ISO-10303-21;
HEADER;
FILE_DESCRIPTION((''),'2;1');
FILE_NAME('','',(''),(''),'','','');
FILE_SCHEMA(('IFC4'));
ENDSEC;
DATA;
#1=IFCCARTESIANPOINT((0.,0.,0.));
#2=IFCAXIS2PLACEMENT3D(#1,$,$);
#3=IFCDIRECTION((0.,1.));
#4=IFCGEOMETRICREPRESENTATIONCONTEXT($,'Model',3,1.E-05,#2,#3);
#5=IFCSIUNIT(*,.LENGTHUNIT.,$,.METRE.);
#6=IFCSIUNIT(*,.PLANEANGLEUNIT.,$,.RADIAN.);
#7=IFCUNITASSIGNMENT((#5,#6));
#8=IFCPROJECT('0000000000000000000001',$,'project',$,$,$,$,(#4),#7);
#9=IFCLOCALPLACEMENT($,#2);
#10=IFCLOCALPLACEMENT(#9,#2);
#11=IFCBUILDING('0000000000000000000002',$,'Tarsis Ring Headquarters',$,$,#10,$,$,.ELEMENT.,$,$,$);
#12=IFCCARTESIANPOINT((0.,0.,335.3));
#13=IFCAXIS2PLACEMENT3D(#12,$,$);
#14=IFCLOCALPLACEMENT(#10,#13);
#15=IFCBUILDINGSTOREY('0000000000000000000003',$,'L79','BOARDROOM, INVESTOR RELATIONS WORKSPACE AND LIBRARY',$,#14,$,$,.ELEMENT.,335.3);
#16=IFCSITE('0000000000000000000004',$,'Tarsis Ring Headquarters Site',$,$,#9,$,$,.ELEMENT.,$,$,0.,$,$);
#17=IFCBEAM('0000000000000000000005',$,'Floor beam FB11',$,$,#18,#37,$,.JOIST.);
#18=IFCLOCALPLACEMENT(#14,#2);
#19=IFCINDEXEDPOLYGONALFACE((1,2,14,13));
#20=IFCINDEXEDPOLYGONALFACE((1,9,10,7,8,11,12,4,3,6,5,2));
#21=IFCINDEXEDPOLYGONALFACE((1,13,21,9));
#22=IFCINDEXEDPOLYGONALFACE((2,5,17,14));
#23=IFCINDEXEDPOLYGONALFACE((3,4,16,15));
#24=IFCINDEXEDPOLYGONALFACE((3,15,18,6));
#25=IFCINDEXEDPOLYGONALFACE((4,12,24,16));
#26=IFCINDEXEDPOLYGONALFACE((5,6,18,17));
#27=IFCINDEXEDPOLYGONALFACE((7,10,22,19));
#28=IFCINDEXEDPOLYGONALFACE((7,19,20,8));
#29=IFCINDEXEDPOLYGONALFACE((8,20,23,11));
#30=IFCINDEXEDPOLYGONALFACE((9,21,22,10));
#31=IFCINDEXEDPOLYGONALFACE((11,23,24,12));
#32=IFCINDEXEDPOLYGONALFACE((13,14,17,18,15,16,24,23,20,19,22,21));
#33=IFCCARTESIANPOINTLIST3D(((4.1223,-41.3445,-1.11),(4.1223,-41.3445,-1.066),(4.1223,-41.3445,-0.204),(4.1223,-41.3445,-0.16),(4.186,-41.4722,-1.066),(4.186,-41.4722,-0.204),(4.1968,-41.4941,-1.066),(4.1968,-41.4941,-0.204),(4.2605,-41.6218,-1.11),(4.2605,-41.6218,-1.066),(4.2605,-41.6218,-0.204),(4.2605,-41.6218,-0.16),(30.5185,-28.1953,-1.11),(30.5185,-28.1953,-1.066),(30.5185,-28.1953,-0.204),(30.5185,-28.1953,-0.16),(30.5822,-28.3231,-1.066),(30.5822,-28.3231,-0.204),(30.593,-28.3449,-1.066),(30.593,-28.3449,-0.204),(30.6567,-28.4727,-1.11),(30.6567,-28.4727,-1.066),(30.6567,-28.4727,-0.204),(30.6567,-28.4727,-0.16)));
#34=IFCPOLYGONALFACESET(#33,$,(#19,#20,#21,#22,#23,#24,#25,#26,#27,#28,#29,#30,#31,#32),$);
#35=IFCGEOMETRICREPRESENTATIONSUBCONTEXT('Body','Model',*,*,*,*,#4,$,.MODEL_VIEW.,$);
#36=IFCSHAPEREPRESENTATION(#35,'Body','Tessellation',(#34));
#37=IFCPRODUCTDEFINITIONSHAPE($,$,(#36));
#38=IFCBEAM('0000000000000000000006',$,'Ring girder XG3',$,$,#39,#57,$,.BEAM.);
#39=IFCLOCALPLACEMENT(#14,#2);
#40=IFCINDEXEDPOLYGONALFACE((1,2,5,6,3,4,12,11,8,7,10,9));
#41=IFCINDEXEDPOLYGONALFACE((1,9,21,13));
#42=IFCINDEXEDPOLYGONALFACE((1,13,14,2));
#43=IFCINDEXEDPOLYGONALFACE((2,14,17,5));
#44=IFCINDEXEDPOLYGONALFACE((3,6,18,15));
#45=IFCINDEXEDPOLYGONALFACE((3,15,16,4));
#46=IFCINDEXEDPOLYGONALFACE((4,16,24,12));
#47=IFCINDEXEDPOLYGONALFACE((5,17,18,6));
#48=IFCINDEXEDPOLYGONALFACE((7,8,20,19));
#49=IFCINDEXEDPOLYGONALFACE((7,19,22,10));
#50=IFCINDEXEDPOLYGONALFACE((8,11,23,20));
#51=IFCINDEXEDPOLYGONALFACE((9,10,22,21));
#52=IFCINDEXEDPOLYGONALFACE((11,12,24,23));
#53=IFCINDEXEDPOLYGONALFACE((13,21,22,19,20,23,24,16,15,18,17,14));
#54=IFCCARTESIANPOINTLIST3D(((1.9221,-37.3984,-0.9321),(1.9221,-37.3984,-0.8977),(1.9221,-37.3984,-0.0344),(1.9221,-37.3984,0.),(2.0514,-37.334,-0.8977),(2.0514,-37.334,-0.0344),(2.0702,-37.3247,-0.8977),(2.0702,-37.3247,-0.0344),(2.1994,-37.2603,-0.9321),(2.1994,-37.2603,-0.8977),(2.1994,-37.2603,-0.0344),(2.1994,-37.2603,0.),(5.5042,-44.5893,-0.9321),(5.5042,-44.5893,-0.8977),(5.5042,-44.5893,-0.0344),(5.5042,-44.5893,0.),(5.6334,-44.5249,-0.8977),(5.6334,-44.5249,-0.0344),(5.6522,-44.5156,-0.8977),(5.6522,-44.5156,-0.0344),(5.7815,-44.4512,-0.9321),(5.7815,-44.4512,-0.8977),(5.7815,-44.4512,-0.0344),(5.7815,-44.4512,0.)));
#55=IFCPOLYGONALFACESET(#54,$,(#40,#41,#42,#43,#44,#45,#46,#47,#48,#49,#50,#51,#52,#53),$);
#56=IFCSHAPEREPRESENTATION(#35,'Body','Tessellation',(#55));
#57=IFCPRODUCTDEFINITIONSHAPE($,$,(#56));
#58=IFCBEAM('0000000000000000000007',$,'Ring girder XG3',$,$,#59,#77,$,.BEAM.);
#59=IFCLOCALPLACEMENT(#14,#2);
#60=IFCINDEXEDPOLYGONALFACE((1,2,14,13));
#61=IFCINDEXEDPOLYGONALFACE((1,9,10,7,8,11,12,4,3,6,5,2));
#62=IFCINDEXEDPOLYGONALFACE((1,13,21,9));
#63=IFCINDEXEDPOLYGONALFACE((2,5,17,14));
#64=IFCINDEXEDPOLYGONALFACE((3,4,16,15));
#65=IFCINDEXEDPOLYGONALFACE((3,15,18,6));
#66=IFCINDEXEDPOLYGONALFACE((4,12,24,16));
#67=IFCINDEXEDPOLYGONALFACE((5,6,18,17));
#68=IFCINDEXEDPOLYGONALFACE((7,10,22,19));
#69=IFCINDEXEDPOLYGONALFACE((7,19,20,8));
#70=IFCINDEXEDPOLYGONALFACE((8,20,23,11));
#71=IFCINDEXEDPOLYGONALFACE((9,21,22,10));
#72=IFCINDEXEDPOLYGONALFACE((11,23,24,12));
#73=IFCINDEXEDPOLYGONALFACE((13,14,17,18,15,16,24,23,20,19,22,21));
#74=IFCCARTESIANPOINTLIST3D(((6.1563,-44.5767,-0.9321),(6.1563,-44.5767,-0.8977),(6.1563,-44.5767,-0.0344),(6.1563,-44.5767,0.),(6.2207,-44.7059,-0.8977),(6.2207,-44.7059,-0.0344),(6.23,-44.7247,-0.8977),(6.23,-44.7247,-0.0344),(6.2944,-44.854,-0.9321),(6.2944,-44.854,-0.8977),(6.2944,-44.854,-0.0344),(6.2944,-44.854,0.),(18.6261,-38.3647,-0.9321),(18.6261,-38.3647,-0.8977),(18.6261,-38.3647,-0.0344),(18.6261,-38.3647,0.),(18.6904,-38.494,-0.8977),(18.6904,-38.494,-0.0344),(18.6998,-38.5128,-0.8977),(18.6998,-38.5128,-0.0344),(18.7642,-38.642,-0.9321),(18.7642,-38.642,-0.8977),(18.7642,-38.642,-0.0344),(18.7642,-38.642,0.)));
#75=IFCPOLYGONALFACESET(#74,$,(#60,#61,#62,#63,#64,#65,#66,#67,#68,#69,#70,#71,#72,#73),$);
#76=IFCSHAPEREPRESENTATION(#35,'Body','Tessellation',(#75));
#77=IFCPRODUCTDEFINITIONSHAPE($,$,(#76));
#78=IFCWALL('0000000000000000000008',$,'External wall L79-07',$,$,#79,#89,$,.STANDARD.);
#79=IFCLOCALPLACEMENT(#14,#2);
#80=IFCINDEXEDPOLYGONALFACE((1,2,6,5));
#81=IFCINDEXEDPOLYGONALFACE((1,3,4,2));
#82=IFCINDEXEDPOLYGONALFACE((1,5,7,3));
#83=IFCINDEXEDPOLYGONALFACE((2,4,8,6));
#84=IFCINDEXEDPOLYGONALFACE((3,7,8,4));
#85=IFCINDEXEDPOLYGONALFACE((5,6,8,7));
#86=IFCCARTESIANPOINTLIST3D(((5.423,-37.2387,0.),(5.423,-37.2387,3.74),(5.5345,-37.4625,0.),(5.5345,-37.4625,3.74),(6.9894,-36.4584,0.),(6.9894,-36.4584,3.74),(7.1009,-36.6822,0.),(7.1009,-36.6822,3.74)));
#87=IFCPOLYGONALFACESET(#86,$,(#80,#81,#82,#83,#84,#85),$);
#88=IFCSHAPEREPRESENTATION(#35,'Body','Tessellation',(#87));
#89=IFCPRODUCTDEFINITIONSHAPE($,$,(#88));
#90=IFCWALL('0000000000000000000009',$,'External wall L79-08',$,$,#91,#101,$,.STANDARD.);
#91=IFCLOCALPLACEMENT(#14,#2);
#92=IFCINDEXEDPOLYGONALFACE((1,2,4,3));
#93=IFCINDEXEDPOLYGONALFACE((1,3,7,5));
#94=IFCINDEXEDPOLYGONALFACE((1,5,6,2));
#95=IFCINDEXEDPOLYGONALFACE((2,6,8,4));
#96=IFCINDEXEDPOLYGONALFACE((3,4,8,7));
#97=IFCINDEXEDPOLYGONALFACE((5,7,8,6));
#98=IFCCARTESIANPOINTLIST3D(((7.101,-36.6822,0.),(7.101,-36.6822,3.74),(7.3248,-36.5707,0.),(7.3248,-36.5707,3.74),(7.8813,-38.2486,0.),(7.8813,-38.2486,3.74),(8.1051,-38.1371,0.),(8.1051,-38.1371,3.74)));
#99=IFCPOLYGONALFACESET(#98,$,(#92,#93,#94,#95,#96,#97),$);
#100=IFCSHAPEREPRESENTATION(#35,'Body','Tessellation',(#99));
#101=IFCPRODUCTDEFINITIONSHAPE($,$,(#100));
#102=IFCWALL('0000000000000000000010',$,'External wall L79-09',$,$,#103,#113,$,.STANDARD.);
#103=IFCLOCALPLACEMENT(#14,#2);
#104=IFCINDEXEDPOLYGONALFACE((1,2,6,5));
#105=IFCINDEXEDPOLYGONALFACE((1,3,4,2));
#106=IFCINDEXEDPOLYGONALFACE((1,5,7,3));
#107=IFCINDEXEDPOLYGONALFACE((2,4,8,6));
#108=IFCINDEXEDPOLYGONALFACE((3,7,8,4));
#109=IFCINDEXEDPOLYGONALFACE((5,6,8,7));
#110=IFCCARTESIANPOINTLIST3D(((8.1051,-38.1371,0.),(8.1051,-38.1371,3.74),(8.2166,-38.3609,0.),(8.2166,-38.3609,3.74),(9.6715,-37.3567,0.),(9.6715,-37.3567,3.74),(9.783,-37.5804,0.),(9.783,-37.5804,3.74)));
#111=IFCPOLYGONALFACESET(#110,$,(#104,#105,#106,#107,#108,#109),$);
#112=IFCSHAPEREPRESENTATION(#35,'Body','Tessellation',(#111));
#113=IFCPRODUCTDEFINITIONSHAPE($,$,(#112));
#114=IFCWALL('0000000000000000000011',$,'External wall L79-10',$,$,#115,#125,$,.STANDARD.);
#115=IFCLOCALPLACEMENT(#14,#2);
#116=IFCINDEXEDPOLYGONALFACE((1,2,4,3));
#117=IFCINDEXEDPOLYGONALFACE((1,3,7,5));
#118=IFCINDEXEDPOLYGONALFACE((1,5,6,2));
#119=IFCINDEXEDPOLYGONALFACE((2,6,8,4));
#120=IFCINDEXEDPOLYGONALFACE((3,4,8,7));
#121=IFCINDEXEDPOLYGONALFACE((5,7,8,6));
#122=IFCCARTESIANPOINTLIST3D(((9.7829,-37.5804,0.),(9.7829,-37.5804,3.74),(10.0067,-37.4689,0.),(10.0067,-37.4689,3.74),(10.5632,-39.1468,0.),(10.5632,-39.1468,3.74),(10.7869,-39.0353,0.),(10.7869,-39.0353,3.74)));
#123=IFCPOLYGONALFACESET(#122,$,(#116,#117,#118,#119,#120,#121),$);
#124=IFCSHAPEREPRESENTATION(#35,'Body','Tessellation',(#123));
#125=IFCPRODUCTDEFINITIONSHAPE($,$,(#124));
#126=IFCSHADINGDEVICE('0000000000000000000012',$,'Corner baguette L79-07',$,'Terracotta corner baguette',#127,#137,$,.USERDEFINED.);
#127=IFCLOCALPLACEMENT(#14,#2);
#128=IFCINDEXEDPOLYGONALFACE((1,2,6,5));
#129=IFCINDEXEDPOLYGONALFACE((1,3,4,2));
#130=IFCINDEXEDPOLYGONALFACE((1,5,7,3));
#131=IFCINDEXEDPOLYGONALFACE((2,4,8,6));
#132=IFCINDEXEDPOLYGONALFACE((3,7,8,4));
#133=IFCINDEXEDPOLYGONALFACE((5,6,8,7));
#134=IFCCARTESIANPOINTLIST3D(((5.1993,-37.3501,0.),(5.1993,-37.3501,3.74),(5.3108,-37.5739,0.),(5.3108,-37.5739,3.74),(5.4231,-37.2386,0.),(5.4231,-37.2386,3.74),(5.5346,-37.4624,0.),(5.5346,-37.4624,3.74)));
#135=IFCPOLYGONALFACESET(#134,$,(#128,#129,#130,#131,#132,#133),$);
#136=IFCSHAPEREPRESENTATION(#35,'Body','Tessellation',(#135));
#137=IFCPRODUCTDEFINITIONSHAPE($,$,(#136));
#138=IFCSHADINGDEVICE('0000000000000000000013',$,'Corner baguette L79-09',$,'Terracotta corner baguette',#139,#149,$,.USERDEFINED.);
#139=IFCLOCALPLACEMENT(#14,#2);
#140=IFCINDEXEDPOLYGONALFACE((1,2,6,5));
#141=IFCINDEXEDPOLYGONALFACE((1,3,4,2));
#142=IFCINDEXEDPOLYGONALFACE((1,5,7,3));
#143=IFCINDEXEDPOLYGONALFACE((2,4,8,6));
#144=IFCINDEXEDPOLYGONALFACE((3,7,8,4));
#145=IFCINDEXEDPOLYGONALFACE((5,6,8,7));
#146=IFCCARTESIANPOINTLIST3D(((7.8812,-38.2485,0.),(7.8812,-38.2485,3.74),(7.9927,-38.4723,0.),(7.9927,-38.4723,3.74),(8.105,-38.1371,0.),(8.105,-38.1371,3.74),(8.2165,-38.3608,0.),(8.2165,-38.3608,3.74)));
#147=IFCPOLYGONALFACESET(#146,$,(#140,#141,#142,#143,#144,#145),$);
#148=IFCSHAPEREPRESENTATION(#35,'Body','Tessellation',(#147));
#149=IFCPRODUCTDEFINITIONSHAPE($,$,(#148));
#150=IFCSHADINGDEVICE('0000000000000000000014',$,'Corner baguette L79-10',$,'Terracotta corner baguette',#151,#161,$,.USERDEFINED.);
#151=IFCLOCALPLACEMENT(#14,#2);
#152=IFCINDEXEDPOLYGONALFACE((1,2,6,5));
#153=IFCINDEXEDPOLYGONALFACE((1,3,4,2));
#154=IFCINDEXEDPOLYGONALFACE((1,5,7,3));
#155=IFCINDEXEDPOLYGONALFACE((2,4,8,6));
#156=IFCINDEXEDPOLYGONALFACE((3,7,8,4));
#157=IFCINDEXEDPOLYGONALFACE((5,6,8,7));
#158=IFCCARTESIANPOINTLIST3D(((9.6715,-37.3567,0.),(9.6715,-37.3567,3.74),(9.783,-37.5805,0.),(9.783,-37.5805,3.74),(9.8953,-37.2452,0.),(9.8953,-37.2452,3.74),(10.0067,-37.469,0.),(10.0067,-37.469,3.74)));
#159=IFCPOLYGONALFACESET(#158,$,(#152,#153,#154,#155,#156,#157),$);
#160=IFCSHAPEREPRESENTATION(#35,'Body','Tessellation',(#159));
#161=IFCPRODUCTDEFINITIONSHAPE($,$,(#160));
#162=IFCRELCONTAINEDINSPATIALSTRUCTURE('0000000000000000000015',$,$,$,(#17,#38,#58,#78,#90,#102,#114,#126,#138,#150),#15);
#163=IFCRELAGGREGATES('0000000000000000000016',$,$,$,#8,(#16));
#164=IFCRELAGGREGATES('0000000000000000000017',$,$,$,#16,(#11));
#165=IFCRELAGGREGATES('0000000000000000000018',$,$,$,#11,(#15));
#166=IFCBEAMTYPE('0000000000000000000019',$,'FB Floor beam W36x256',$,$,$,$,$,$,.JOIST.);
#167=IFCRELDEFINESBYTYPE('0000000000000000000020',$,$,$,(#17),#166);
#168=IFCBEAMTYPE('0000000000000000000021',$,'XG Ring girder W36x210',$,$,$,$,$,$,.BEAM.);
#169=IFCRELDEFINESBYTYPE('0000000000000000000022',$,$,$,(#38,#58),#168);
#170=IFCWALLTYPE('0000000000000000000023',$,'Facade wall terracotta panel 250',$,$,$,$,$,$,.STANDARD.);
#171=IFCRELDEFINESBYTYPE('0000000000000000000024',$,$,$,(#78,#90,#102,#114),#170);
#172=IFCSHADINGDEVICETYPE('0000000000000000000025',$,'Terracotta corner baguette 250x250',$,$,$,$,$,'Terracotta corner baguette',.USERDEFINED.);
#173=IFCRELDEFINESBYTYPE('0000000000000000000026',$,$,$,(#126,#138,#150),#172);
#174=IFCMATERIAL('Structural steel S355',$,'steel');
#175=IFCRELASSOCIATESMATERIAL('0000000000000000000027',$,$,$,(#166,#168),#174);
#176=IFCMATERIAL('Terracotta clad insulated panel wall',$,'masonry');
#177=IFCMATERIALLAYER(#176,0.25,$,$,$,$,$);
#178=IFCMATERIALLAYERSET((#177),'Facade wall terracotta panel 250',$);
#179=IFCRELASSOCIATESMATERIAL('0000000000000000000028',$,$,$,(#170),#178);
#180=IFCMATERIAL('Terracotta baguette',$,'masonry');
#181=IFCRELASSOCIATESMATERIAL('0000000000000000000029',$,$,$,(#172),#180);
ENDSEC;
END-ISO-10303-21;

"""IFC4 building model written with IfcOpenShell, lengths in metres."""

from ifc_helpers import new_model, si_unit, direction, frame, frame_2d, origin, origin_2d, place, context, subcontext, project, spatial, rectangle, i_section, extrude, material, layer, layer_set, material_profile, profile_set, type_object, element, save


model = new_model("IFC4")

# Units and contexts
model_context = context("Model", 3, precision=1e-05, world=origin(), true_north=direction((0.0, 1.0)))
body_context = subcontext(model_context, "Body", "Model", "MODEL_VIEW")
ifc_project = project(units=[si_unit("LENGTHUNIT", "METRE"), si_unit("PLANEANGLEUNIT", "RADIAN")], contexts=[model_context])

# Site, building, storey
site_placement = place(None, origin())
site = spatial("IfcSite", under=ifc_project, at=site_placement, Name="Tarsis Ring Headquarters Site", CompositionType="ELEMENT", RefElevation=0.0)
building_placement = place(site_placement, origin())
building = spatial("IfcBuilding", under=site, at=building_placement, Name="Tarsis Ring Headquarters", CompositionType="ELEMENT")
storey_placement = place(building_placement, frame((0.0, 0.0, 335.3)))
storey = spatial("IfcBuildingStorey", under=building, at=storey_placement, Name="L79", Description="BOARDROOM, INVESTOR RELATIONS WORKSPACE AND LIBRARY", CompositionType="ELEMENT", Elevation=335.3)

# Shared definitions
ifc_material_1 = material(Name="Structural steel S355", Category="steel")

# Beams
ifc_material_profile_1 = material_profile(ifc_material_1, i_section(OverallWidth=0.3098, OverallDepth=0.95, WebThickness=0.0244, FlangeThickness=0.0439, at=origin_2d()), Name="W36x256")
ifc_profile_set_1 = profile_set([ifc_material_profile_1], Name="Structural steel S355")
beam_type_1 = type_object("IfcBeamType", Name="FB Floor beam W36x256", PredefinedType="JOIST", material=ifc_profile_set_1)
for number, where, z_axis, x_axis, name in (
    (1, (4.1914, -41.4832, -0.635), (0.89509, 0.445885, 0.0), (-0.445885, 0.89509, 0.0), "Floor beam FB11"),
):
    element("IfcBeam", number, at=place(storey_placement, frame(where, z_axis=z_axis, x_axis=x_axis)), inside=storey, type_object=beam_type_1, Name=name, PredefinedType="JOIST", context=body_context, shape_type="SweptSolid", body=[
        extrude(i_section(OverallWidth=0.3098, OverallDepth=0.95, WebThickness=0.0244, FlangeThickness=0.0439, at=origin_2d()), origin(), (0.0, 0.0, 1.0), 29.49),
    ])
ifc_material_profile_2 = material_profile(ifc_material_1, i_section(OverallWidth=0.3098, OverallDepth=0.9321, WebThickness=0.021, FlangeThickness=0.0344, at=origin_2d()), Name="W36x210")
ifc_profile_set_2 = profile_set([ifc_material_profile_2], Name="Structural steel S355")
beam_type_2 = type_object("IfcBeamType", Name="XG Ring girder W36x210", PredefinedType="BEAM", material=ifc_profile_set_2)
beam_1_placement = place(storey_placement, frame((2.0608, -37.3293, -0.4661), z_axis=(0.445876, -0.895095, 0.0), x_axis=(0.895095, 0.445876, 0.0)))
element("IfcBeam", 2, at=beam_1_placement, inside=storey, type_object=beam_type_2, Name="Ring girder XG3", PredefinedType="BEAM", context=body_context, shape_type="SweptSolid", body=[
    extrude(i_section(OverallWidth=0.3098, OverallDepth=0.9321, WebThickness=0.021, FlangeThickness=0.0344, at=origin_2d()), origin(), (0.0, 0.0, 1.0), 8.0337),
])
beam_2_placement = place(storey_placement, frame((6.2253, -44.7153, -0.4661), z_axis=(0.895085, 0.445895, 0.0), x_axis=(-0.445895, 0.895085, 0.0)))
element("IfcBeam", 3, at=beam_2_placement, inside=storey, type_object=beam_type_2, Name="Ring girder XG3", PredefinedType="BEAM", context=body_context, shape_type="SweptSolid", body=[
    extrude(i_section(OverallWidth=0.3098, OverallDepth=0.9321, WebThickness=0.021, FlangeThickness=0.0344, at=origin_2d()), origin(), (0.0, 0.0, 1.0), 13.9314),
])

# Walls
ifc_material_2 = material(Name="Terracotta clad insulated panel wall", Category="masonry")
ifc_layer = layer(ifc_material_2, 0.25)
ifc_layer_set = layer_set([ifc_layer], Name="Facade wall terracotta panel 250")
wall_type = type_object("IfcWallType", Name="Facade wall terracotta panel 250", PredefinedType="STANDARD", material=ifc_layer_set)
for number, where, z_axis, x_axis, name in (
    (4, (5.4788, -37.3506, 0.0), (0.0, 0.0, 1.0), (0.895096, 0.445874, 0.0), "External wall L79-07"),
    (5, (7.2129, -36.6265, 0.0), (0.0, 0.0, 1.0), (0.445874, -0.895096, 0.0), "External wall L79-08"),
    (6, (8.1609, -38.249, 0.0), (0.0, 0.0, 1.0), (0.89504, 0.445986, 0.0), "External wall L79-09"),
    (7, (9.8948, -37.5247, 0.0), (0.0, 0.0, 1.0), (0.445874, -0.895096, 0.0), "External wall L79-10"),
):
    element("IfcWall", number, at=place(storey_placement, frame(where, z_axis=z_axis, x_axis=x_axis)), inside=storey, type_object=wall_type, Name=name, PredefinedType="STANDARD", context=body_context, shape_type="SweptSolid", body=[
        extrude(rectangle(XDim=1.75, YDim=0.25, at=frame_2d((0.875, 0.0))), origin(), (0.0, 0.0, 1.0), 3.74),
    ])

# Shading devices
ifc_material_3 = material(Name="Terracotta baguette", Category="masonry")
shading_device_type_1 = type_object("IfcShadingDeviceType", Name="Terracotta corner baguette 250x250", ElementType="Terracotta corner baguette", PredefinedType="USERDEFINED", material=ifc_material_3)
for number, where, z_axis, x_axis, name in (
    (8, (5.3669, -37.4062, 0.0), (0.0, 0.0, 1.0), (0.445885, -0.89509, 0.0), "Corner baguette L79-07"),
    (9, (8.0488, -38.3047, 0.0), (0.0, 0.0, 1.0), (0.445885, -0.89509, 0.0), "Corner baguette L79-09"),
    (10, (9.8391, -37.4128, 0.0), (0.0, 0.0, 1.0), (0.89509, 0.445886, 0.0), "Corner baguette L79-10"),
):
    element("IfcShadingDevice", number, at=place(storey_placement, frame(where, z_axis=z_axis, x_axis=x_axis)), inside=storey, type_object=shading_device_type_1, Name=name, ObjectType="Terracotta corner baguette", PredefinedType="USERDEFINED", context=body_context, shape_type="SweptSolid", body=[
        extrude(rectangle(XDim=0.25, YDim=0.25, at=origin_2d()), origin(), (0.0, 0.0, 1.0), 3.74),
    ])

save(model, "model.ifc")
